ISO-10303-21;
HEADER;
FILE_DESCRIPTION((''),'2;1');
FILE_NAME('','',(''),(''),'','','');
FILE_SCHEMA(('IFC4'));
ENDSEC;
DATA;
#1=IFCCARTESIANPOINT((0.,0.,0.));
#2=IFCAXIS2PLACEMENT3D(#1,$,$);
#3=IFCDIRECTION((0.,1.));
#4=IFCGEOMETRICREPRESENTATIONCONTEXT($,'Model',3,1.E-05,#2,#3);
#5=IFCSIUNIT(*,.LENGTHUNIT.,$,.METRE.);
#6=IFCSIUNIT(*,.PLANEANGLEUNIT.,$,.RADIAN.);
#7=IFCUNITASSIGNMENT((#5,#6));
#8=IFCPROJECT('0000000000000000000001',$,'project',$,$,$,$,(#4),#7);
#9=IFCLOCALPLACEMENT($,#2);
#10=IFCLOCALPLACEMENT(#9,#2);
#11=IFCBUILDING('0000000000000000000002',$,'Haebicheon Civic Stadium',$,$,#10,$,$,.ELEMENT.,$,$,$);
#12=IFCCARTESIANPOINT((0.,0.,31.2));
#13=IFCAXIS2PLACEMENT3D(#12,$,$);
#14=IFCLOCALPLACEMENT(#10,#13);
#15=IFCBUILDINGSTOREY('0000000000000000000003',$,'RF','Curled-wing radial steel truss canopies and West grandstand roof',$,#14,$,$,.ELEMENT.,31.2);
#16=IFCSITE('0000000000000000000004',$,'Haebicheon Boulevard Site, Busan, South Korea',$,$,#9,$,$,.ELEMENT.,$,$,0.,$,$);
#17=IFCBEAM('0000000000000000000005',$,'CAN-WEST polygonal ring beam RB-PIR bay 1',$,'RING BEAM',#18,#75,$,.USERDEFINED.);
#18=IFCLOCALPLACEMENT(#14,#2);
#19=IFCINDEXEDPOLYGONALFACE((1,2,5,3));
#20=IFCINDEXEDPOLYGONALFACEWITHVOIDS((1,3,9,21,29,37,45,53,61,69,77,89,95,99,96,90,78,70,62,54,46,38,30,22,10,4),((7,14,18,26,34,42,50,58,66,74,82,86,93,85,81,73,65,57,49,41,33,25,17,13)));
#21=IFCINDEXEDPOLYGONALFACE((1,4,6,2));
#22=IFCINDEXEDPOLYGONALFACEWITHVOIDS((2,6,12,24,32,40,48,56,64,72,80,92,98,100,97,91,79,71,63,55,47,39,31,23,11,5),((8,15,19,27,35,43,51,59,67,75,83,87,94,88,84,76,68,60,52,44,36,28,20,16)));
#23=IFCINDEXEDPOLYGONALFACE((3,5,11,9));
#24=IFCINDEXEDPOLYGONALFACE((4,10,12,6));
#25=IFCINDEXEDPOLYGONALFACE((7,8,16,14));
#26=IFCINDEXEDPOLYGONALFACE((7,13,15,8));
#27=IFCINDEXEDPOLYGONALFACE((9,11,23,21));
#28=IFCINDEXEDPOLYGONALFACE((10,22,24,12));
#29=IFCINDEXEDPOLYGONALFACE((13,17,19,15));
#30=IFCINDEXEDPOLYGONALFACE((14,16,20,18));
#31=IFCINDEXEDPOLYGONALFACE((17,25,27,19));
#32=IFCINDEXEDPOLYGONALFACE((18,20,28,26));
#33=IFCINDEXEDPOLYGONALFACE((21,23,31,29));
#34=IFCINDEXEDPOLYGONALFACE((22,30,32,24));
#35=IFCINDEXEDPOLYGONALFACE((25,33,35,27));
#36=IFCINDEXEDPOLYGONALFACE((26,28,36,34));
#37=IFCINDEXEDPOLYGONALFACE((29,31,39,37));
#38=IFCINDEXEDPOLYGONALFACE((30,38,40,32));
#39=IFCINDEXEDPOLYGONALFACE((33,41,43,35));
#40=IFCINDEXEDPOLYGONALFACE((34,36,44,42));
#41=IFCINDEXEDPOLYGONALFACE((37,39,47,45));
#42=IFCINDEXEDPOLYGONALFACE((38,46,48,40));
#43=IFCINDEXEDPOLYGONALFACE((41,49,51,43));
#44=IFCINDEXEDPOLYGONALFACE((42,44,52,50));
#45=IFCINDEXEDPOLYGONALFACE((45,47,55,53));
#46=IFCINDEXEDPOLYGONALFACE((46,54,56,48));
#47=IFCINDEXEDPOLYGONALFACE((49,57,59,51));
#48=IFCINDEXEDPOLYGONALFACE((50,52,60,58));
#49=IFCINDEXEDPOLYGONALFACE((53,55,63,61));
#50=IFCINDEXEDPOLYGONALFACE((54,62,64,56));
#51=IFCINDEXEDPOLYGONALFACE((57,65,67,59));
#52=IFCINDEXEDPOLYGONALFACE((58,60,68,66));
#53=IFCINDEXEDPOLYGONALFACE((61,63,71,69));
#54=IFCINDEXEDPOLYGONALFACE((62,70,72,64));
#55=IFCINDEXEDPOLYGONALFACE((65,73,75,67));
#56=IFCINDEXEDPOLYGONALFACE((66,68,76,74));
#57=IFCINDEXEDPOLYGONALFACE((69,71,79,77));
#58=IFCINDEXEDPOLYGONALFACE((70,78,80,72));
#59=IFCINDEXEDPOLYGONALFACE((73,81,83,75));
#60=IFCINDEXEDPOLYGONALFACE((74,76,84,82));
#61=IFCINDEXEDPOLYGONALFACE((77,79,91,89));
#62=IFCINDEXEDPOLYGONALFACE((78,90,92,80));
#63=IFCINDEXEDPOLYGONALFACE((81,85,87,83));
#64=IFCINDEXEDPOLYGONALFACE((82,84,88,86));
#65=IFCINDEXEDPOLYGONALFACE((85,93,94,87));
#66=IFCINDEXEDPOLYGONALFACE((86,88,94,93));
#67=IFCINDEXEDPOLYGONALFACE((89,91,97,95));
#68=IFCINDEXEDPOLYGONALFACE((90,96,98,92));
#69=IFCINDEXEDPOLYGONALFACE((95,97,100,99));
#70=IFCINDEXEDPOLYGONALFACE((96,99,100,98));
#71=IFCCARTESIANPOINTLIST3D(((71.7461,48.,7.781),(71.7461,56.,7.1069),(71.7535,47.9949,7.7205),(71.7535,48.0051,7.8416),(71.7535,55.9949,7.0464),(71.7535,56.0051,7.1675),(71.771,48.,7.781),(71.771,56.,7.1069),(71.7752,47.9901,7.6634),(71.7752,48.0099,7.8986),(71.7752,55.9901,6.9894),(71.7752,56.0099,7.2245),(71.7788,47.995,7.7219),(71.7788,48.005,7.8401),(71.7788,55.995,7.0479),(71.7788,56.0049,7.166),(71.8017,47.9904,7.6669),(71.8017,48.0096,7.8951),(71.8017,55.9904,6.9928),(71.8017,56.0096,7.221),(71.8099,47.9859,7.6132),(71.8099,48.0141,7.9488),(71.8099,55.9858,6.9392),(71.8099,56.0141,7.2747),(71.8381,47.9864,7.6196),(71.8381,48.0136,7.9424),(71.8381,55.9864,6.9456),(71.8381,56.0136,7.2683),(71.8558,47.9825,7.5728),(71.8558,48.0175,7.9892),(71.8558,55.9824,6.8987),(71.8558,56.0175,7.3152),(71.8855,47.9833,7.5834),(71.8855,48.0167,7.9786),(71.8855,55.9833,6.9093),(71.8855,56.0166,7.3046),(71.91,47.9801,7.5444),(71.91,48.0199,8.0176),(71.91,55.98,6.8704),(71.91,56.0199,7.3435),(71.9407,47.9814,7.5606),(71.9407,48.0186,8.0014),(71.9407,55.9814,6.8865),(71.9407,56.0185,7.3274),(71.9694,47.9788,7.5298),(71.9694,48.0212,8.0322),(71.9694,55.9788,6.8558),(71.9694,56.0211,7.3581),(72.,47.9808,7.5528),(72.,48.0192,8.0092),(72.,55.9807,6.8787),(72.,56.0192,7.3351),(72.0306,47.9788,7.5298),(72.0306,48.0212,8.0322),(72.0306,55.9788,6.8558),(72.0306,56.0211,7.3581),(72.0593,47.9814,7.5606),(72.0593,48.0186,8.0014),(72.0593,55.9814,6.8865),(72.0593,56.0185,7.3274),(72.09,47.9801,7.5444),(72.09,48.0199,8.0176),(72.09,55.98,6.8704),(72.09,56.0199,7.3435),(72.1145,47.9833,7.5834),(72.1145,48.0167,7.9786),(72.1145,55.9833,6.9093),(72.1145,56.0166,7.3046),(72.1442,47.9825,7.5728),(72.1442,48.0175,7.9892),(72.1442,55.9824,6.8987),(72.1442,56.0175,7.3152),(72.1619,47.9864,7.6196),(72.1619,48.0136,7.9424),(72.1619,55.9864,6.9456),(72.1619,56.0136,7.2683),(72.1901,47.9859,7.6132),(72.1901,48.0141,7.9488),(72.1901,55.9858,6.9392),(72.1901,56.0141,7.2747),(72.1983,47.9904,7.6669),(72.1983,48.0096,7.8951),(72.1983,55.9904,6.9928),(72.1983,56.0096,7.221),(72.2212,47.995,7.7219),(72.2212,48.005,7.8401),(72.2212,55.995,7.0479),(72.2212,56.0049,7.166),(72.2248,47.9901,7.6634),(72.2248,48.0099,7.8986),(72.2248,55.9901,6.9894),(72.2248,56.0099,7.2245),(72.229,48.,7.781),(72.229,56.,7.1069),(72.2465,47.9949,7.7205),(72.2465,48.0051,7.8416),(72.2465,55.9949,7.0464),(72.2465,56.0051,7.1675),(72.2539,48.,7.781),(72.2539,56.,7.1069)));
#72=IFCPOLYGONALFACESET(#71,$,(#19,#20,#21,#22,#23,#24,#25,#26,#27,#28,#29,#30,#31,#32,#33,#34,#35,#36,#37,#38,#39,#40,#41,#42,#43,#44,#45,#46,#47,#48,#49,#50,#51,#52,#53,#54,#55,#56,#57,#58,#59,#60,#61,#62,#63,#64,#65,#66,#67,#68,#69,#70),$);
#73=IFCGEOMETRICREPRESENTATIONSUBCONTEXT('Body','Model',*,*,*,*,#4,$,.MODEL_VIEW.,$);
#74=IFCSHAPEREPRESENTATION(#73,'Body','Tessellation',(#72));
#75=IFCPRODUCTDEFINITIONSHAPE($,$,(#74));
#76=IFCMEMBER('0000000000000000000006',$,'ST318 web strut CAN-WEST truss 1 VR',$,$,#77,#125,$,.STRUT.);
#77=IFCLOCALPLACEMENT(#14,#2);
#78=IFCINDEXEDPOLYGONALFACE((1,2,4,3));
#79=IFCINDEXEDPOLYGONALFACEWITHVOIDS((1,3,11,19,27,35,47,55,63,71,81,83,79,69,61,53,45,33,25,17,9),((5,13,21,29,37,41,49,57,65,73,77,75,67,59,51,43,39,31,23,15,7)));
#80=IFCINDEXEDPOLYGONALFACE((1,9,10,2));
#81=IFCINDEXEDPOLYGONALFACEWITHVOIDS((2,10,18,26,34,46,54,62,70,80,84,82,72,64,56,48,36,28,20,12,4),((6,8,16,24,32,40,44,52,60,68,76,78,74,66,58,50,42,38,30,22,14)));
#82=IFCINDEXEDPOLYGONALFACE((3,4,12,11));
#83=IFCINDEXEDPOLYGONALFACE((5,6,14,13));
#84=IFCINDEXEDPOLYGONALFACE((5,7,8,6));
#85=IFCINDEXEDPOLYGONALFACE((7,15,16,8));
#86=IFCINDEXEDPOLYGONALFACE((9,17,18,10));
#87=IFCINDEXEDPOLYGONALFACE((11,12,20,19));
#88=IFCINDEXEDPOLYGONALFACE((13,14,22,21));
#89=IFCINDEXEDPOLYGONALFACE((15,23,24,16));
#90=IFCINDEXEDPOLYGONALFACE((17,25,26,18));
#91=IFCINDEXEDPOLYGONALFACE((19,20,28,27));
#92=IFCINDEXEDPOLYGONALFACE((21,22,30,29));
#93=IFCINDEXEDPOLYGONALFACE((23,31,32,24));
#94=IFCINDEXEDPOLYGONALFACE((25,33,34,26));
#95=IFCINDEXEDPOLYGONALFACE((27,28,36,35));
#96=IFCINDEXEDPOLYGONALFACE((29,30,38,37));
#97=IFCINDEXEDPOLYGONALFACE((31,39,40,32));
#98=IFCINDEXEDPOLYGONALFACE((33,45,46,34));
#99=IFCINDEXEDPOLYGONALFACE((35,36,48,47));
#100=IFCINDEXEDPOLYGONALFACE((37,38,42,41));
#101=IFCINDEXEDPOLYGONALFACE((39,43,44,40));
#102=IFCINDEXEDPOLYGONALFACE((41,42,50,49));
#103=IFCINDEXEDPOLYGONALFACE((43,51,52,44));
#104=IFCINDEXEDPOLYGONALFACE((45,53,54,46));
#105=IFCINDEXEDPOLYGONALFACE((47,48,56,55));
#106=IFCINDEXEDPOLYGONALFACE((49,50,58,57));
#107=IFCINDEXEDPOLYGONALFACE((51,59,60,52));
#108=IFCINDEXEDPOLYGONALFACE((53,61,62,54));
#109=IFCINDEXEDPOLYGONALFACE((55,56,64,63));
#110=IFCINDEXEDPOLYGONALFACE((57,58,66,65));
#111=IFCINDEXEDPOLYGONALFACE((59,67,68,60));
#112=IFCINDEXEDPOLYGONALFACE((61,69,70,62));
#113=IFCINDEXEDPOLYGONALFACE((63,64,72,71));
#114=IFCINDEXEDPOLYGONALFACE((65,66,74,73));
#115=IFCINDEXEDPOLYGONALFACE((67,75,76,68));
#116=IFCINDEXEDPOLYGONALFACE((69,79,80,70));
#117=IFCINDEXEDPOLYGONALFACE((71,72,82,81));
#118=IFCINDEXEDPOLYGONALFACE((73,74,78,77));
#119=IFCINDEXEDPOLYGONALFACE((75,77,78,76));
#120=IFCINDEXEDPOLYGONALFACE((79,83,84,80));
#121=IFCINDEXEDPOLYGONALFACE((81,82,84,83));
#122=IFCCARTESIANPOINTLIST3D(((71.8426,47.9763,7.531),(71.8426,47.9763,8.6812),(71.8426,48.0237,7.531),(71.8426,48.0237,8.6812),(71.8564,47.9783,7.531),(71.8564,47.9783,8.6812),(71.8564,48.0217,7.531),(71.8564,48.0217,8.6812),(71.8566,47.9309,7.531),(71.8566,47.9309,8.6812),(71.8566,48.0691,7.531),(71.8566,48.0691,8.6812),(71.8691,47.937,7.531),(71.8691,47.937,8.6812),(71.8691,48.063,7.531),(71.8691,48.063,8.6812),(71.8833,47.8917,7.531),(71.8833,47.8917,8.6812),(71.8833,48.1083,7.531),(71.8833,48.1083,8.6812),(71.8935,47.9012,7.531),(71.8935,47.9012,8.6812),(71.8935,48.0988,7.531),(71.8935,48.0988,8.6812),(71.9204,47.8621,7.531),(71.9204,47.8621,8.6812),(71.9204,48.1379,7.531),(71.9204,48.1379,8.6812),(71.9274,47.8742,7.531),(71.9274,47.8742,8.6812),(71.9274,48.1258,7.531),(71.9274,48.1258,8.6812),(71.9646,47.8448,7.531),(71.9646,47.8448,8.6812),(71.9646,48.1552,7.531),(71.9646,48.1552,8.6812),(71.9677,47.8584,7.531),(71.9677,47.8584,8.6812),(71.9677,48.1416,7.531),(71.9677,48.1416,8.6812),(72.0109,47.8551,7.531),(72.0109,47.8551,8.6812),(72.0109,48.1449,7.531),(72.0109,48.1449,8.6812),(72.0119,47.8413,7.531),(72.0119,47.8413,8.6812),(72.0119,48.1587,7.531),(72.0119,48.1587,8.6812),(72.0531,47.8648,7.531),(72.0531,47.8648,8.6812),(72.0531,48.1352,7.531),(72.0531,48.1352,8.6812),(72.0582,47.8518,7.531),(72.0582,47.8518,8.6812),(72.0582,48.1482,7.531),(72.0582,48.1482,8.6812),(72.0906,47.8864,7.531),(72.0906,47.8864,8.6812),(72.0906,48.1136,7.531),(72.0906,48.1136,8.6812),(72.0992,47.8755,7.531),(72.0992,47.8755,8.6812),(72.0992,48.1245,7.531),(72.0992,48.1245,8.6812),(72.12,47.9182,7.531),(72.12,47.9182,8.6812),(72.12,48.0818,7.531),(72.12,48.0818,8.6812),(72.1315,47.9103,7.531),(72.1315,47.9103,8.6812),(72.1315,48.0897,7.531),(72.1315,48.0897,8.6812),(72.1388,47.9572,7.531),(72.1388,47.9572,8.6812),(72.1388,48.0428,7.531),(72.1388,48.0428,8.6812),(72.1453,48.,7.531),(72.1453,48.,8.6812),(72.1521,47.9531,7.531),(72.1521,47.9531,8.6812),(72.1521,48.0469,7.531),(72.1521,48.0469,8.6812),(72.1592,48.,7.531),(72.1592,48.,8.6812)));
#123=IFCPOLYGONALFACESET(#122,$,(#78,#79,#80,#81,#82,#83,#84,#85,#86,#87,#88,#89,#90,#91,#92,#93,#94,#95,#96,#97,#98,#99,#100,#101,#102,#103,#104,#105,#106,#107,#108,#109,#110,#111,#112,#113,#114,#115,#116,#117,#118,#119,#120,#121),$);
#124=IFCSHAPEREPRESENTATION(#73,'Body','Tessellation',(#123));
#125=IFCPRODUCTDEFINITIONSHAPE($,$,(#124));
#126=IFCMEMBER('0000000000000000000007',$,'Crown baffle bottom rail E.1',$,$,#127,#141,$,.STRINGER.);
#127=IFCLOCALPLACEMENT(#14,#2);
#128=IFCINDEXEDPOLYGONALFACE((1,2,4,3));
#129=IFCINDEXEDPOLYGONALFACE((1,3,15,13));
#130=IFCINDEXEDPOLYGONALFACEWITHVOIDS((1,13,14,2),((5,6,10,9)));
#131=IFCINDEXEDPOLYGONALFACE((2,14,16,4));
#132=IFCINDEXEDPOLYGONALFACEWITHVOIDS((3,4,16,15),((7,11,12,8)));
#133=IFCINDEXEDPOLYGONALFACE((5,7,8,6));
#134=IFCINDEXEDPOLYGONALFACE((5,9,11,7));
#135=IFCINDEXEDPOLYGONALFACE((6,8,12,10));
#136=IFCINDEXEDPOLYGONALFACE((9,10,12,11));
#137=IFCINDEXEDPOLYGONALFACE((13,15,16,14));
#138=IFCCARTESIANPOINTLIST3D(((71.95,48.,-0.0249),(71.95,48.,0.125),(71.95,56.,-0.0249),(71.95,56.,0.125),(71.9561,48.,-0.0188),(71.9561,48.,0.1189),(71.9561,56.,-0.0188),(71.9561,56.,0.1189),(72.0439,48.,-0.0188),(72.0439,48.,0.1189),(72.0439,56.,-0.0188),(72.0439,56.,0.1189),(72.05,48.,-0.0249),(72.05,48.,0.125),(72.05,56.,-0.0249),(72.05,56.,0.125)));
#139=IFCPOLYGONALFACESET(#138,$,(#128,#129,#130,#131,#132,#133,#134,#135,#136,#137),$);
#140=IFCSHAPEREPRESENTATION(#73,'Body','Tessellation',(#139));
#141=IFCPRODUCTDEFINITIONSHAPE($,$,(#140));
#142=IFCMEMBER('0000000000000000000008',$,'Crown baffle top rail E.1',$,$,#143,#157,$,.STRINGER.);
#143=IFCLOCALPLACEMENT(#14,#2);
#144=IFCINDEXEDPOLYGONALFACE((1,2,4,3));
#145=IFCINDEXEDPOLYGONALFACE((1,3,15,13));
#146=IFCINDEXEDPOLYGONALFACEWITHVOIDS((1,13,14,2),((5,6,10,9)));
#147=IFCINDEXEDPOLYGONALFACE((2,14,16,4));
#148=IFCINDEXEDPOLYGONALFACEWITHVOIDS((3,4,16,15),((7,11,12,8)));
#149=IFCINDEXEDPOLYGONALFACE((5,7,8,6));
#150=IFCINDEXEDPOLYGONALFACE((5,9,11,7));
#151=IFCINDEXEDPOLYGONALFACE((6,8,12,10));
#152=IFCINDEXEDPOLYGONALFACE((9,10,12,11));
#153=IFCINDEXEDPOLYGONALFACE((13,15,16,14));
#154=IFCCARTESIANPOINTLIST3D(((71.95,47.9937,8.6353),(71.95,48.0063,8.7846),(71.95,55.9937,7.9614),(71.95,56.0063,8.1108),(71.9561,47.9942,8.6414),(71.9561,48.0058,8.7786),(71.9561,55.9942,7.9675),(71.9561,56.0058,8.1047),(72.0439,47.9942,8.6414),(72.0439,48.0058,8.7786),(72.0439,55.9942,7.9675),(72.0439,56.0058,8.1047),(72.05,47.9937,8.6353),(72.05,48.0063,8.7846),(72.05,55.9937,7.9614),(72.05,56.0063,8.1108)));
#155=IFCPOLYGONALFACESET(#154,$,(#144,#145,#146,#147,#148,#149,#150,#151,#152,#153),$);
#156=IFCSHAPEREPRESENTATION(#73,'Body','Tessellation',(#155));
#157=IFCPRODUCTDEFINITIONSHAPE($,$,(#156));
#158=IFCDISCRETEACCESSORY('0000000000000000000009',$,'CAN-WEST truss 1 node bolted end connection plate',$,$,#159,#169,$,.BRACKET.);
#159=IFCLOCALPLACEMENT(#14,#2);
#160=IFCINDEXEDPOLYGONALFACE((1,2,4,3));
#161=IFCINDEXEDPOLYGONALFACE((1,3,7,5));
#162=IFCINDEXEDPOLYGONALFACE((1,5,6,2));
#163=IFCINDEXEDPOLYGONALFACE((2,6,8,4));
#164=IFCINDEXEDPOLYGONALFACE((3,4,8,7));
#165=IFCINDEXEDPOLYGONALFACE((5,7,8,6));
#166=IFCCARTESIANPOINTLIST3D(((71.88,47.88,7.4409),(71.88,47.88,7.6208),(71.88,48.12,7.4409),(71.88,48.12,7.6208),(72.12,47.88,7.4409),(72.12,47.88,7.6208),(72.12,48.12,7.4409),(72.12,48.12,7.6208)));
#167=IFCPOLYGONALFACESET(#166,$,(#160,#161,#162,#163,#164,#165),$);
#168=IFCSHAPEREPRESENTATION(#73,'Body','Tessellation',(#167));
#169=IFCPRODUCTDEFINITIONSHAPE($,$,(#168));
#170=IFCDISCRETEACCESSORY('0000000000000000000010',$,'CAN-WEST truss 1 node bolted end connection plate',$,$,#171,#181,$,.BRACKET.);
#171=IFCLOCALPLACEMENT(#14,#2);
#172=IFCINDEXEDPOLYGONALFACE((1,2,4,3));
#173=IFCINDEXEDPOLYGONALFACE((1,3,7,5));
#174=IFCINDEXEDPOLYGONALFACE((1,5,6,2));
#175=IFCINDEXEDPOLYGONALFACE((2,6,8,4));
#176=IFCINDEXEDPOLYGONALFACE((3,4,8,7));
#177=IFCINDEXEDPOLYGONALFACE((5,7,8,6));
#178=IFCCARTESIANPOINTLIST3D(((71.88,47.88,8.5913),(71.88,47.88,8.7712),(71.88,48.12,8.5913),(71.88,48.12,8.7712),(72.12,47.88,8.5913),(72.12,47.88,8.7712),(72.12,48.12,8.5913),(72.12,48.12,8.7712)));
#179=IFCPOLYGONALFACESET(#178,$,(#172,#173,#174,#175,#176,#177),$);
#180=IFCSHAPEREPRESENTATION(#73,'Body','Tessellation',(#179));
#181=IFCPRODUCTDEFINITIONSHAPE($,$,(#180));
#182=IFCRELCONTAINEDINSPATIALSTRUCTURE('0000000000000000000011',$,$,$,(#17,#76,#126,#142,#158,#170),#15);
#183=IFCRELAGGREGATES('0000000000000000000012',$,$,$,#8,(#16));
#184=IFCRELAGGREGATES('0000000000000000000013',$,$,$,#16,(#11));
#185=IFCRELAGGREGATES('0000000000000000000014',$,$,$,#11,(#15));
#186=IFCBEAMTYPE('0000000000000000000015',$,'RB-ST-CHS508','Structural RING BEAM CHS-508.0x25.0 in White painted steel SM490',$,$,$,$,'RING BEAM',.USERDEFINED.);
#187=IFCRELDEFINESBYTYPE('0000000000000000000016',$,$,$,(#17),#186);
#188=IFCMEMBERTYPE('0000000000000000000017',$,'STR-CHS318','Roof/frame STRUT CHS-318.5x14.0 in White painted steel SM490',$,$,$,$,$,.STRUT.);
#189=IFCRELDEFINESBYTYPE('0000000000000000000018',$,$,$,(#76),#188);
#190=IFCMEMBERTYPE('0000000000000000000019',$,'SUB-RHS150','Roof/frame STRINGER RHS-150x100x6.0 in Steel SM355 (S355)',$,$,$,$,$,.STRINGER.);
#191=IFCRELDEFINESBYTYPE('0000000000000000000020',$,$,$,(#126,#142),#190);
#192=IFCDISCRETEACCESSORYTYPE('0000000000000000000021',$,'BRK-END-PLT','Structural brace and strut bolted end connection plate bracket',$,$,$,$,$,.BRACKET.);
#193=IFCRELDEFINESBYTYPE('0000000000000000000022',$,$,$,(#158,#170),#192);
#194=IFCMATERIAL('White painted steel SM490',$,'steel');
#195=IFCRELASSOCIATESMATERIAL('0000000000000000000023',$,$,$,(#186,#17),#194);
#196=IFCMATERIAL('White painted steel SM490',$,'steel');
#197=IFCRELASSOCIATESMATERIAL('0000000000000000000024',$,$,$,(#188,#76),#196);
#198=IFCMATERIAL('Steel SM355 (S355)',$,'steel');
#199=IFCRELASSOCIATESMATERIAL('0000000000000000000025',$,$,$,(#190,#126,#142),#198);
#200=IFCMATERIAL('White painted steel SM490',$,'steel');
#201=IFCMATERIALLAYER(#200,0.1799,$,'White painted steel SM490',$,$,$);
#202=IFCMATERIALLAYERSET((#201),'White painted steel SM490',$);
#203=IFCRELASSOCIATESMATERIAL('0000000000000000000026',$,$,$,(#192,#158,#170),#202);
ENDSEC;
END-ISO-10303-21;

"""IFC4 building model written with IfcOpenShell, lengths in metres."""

from ifc_helpers import new_model, si_unit, direction, frame, origin, origin_2d, place, context, subcontext, project, spatial, rectangle, hollow_rectangle, hollow_circle, extrude, material, layer, layer_set, material_profile, profile_set, type_object, element, save


model = new_model("IFC4")

# Units and contexts
model_context = context("Model", 3, precision=1e-05, world=origin(), true_north=direction((0.0, 1.0)))
body_context = subcontext(model_context, "Body", "Model", "MODEL_VIEW")
ifc_project = project(units=[si_unit("LENGTHUNIT", "METRE"), si_unit("PLANEANGLEUNIT", "RADIAN")], contexts=[model_context])

# Site, building, storey
site_placement = place(None, origin())
site = spatial("IfcSite", under=ifc_project, at=site_placement, Name="Haebicheon Boulevard Site, Busan, South Korea", CompositionType="ELEMENT", RefElevation=0.0)
building_placement = place(site_placement, origin())
building = spatial("IfcBuilding", under=site, at=building_placement, Name="Haebicheon Civic Stadium", CompositionType="ELEMENT")
storey_placement = place(building_placement, frame((0.0, 0.0, 31.2)))
storey = spatial("IfcBuildingStorey", under=building, at=storey_placement, Name="RF", Description="Curled-wing radial steel truss canopies and West grandstand roof", CompositionType="ELEMENT", Elevation=31.2)

# Beam
ifc_material_1 = material(Name="White painted steel SM490", Category="steel")
ifc_material_profile_1 = material_profile(ifc_material_1, hollow_circle(Radius=0.2539, WallThickness=0.0249, at=origin_2d()), Name="CHS-508.0x25.0")
ifc_profile_set_1 = profile_set([ifc_material_profile_1], Name="White painted steel SM490")
beam_type = type_object("IfcBeamType", Name="RB-ST-CHS508", Description="Structural RING BEAM CHS-508.0x25.0 in White painted steel SM490", ElementType="RING BEAM", PredefinedType="USERDEFINED", material=ifc_profile_set_1)
beam_placement = place(storey_placement, frame((72.0, 48.0, 7.781), z_axis=(0.0, 0.996469, -0.083962), x_axis=(-1.0, 0.0, 0.0)))
element("IfcBeam", 1, at=beam_placement, inside=storey, type_object=beam_type, material=ifc_profile_set_1, Name="CAN-WEST polygonal ring beam RB-PIR bay 1", ObjectType="RING BEAM", PredefinedType="USERDEFINED", context=body_context, shape_type="SweptSolid", body=[
    extrude(hollow_circle(Radius=0.2539, WallThickness=0.0249, at=origin_2d()), origin(), (0.0, 0.0, 1.0), 8.0283),
])

# Members
ifc_material_2 = material(Name="White painted steel SM490", Category="steel")
ifc_material_profile_2 = material_profile(ifc_material_2, hollow_circle(Radius=0.1592, WallThickness=0.0139, at=origin_2d()), Name="CHS-318.5x14.0")
ifc_profile_set_2 = profile_set([ifc_material_profile_2], Name="White painted steel SM490")
member_type_1 = type_object("IfcMemberType", Name="STR-CHS318", Description="Roof/frame STRUT CHS-318.5x14.0 in White painted steel SM490", PredefinedType="STRUT", material=ifc_profile_set_2)
member_1_placement = place(storey_placement, frame((72.0, 48.0, 7.531), z_axis=(0.0, 0.0, 1.0), x_axis=(1.0, 0.0, 0.0)))
element("IfcMember", 2, at=member_1_placement, inside=storey, type_object=member_type_1, material=ifc_profile_set_2, Name="ST318 web strut CAN-WEST truss 1 VR", PredefinedType="STRUT", context=body_context, shape_type="SweptSolid", body=[
    extrude(hollow_circle(Radius=0.1592, WallThickness=0.0139, at=origin_2d()), origin(), (0.0, 0.0, 1.0), 1.1501),
])
ifc_material_3 = material(Name="Steel SM355 (S355)", Category="steel")
ifc_material_profile_3 = material_profile(ifc_material_3, hollow_rectangle(XDim=0.1001, YDim=0.1499, WallThickness=0.0061, at=origin_2d()), Name="RHS-150x100x6.0")
ifc_profile_set_3 = profile_set([ifc_material_profile_3], Name="Steel SM355 (S355)")
member_type_2 = type_object("IfcMemberType", Name="SUB-RHS150", Description="Roof/frame STRINGER RHS-150x100x6.0 in Steel SM355 (S355)", PredefinedType="STRINGER", material=ifc_profile_set_3)
member_2_placement = place(storey_placement, frame((72.0, 48.0, 0.05), z_axis=(0.0, 1.0, 0.0), x_axis=(-1.0, 0.0, 0.0)))
element("IfcMember", 3, at=member_2_placement, inside=storey, type_object=member_type_2, material=ifc_profile_set_3, Name="Crown baffle bottom rail E.1", PredefinedType="STRINGER", context=body_context, shape_type="SweptSolid", body=[
    extrude(hollow_rectangle(XDim=0.1001, YDim=0.1499, WallThickness=0.0061, at=origin_2d()), origin(), (0.0, 0.0, 1.0), 8.0),
])
member_3_placement = place(storey_placement, frame((72.0, 48.0, 8.71), z_axis=(0.0, 0.996472, -0.083931), x_axis=(-1.0, 0.0, 0.0)))
element("IfcMember", 4, at=member_3_placement, inside=storey, type_object=member_type_2, material=ifc_profile_set_3, Name="Crown baffle top rail E.1", PredefinedType="STRINGER", context=body_context, shape_type="SweptSolid", body=[
    extrude(hollow_rectangle(XDim=0.1001, YDim=0.1499, WallThickness=0.0061, at=origin_2d()), origin(), (0.0, 0.0, 1.0), 8.0283),
])

# Discrete accessories
ifc_material_4 = material(Name="White painted steel SM490", Category="steel")
ifc_layer = layer(ifc_material_4, 0.1799, Name="White painted steel SM490")
ifc_layer_set = layer_set([ifc_layer], Name="White painted steel SM490")
discrete_accessory_type = type_object("IfcDiscreteAccessoryType", Name="BRK-END-PLT", Description="Structural brace and strut bolted end connection plate bracket", PredefinedType="BRACKET", material=ifc_layer_set)
for number, where, z_axis, x_axis, name in (
    (5, (72.0, 48.0, 7.4409), (0.0, 0.0, 1.0), (1.0, 0.0, 0.0), "CAN-WEST truss 1 node bolted end connection plate"),
    (6, (72.0, 48.0, 8.5913), (0.0, 0.0, 1.0), (1.0, 0.0, 0.0), "CAN-WEST truss 1 node bolted end connection plate"),
):
    element("IfcDiscreteAccessory", number, at=place(storey_placement, frame(where, z_axis=z_axis, x_axis=x_axis)), inside=storey, type_object=discrete_accessory_type, material=ifc_layer_set, Name=name, PredefinedType="BRACKET", context=body_context, shape_type="SweptSolid", body=[
        extrude(rectangle(XDim=0.24, YDim=0.24, at=origin_2d()), origin(), (0.0, 0.0, 1.0), 0.1799),
    ])

save(model, "model.ifc")
